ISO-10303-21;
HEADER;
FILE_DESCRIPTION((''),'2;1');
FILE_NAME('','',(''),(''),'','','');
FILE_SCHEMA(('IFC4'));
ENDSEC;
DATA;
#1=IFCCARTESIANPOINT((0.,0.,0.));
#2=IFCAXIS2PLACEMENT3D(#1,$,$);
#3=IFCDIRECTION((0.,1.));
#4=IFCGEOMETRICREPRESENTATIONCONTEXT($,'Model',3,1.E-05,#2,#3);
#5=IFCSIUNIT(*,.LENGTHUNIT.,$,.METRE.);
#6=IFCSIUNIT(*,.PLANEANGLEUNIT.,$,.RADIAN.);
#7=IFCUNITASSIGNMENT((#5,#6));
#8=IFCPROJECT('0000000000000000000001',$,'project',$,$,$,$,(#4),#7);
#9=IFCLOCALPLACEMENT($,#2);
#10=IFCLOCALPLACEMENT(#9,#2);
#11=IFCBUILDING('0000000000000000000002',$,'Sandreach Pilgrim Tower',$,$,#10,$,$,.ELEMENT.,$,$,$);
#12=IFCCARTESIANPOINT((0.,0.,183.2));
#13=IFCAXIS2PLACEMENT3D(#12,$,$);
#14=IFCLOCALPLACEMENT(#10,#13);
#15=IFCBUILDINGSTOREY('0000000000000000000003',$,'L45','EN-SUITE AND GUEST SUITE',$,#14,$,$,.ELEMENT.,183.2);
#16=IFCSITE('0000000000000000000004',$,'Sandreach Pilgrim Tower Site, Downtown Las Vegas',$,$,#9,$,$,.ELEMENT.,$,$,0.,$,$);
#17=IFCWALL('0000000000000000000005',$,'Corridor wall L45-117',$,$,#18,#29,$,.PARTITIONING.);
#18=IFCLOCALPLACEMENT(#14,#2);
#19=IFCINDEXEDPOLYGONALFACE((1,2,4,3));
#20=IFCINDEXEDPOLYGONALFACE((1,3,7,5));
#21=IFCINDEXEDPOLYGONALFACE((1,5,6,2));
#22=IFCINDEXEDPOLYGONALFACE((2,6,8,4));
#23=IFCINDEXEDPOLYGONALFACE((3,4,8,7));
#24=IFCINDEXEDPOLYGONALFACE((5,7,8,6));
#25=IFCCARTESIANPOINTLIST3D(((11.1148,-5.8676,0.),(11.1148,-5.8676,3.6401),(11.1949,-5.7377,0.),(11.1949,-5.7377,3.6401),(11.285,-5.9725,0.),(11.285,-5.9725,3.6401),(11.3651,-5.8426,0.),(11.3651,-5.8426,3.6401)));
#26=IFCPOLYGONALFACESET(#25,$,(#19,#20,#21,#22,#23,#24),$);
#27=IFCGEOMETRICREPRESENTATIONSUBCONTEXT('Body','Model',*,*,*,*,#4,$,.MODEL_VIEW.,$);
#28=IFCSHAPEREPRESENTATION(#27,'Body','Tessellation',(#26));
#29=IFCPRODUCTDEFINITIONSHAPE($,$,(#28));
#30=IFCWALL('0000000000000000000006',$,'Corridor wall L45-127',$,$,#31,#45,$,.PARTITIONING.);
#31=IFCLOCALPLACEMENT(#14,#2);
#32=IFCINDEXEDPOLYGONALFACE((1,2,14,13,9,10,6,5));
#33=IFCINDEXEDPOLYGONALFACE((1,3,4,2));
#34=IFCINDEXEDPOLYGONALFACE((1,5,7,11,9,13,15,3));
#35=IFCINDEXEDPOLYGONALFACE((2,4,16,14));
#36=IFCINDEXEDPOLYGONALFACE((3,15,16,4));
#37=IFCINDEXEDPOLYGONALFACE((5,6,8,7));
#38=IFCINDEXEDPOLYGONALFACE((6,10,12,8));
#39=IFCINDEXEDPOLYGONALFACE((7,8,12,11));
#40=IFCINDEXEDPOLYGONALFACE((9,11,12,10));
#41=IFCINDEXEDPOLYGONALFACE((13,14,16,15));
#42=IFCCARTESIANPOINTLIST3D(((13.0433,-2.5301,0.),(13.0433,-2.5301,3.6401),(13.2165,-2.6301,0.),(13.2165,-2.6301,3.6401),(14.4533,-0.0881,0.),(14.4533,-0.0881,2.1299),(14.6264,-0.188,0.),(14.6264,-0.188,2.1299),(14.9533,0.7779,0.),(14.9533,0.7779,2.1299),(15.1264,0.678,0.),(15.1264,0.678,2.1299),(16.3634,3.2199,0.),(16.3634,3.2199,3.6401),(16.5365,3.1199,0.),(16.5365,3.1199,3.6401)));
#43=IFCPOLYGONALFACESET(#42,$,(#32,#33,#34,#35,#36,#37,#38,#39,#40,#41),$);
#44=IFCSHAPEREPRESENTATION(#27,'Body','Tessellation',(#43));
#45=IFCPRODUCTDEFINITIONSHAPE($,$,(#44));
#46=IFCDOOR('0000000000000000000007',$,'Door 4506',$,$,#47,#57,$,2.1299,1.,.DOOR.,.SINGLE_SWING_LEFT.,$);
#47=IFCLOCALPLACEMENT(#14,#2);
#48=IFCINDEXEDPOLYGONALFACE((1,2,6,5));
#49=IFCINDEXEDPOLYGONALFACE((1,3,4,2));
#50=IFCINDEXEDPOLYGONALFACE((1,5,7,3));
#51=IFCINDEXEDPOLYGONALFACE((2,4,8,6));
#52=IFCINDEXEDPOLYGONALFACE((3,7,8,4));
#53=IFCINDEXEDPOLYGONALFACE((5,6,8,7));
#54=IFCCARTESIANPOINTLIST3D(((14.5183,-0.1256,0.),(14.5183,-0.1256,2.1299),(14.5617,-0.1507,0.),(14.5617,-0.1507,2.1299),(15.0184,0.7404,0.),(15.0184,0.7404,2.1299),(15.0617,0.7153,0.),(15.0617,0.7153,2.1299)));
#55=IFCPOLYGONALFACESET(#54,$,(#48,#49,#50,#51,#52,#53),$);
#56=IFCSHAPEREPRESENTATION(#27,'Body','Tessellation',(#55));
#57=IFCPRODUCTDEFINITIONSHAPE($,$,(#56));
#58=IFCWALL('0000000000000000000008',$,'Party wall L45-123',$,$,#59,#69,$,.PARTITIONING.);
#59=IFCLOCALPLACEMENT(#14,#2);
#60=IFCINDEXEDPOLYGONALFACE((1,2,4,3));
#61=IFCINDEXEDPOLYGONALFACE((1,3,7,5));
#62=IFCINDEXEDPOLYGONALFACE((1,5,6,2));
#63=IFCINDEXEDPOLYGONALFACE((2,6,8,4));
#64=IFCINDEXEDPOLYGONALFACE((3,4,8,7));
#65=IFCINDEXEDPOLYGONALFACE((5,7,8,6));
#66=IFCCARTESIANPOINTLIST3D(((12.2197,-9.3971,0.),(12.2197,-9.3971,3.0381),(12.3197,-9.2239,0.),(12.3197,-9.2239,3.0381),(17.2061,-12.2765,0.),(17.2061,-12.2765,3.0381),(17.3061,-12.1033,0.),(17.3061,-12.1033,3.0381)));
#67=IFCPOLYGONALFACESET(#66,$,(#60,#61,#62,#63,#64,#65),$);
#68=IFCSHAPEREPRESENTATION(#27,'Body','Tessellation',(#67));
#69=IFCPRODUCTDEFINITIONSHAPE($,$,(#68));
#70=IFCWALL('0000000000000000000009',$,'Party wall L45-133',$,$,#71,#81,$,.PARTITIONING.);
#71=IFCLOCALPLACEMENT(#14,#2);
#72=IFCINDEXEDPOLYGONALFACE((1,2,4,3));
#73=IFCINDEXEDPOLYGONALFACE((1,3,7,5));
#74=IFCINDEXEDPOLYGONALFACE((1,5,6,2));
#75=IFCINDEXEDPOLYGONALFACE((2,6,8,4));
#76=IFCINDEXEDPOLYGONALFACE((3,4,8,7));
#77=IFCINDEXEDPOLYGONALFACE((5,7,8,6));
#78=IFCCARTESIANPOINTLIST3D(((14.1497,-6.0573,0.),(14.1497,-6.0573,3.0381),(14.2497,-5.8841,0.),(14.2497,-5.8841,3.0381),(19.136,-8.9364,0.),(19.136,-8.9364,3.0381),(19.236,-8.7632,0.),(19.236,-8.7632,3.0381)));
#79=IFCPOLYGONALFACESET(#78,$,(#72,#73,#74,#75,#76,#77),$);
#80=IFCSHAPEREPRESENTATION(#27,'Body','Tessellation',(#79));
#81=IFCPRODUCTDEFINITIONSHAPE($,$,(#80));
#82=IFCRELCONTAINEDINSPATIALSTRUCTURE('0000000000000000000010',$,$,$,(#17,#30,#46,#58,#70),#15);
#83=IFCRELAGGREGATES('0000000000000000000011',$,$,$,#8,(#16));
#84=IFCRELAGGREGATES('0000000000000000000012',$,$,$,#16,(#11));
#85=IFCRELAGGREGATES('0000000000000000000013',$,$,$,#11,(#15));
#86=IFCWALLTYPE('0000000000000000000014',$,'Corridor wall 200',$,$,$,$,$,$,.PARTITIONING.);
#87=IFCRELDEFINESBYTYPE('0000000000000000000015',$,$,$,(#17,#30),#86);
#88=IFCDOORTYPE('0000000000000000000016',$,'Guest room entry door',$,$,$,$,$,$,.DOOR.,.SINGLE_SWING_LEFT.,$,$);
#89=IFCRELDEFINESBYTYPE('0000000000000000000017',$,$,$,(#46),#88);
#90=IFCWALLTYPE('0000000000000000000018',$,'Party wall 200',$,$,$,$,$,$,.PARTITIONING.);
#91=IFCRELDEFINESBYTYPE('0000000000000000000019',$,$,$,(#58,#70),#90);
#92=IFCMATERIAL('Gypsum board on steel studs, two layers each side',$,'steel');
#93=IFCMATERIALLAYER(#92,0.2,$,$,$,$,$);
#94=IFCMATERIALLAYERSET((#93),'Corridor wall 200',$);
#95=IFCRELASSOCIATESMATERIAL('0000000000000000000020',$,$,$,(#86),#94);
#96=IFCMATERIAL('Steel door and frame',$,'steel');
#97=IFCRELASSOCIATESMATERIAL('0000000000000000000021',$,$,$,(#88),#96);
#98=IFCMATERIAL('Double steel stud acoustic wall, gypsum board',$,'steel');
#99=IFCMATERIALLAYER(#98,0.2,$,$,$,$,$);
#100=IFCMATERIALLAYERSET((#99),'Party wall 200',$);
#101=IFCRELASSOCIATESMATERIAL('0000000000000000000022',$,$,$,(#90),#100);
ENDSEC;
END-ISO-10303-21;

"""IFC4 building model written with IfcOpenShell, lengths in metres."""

from ifc_helpers import new_model, si_unit, direction, frame, frame_2d, origin, place, context, subcontext, project, spatial, rectangle, extrude, material, layer, layer_set, type_object, element, fill, save


model = new_model("IFC4")

# Units and contexts
model_context = context("Model", 3, precision=1e-05, world=origin(), true_north=direction((0.0, 1.0)))
body_context = subcontext(model_context, "Body", "Model", "MODEL_VIEW")
ifc_project = project(units=[si_unit("LENGTHUNIT", "METRE"), si_unit("PLANEANGLEUNIT", "RADIAN")], contexts=[model_context])

# Site, building, storey
site_placement = place(None, origin())
site = spatial("IfcSite", under=ifc_project, at=site_placement, Name="Sandreach Pilgrim Tower Site, Downtown Las Vegas", CompositionType="ELEMENT", RefElevation=0.0)
building_placement = place(site_placement, origin())
building = spatial("IfcBuilding", under=site, at=building_placement, Name="Sandreach Pilgrim Tower", CompositionType="ELEMENT")
storey_placement = place(building_placement, frame((0.0, 0.0, 183.2)))
storey = spatial("IfcBuildingStorey", under=building, at=storey_placement, Name="L45", Description="EN-SUITE AND GUEST SUITE", CompositionType="ELEMENT", Elevation=183.2)

# Shared definitions
ifc_material_1 = material(Name="Gypsum board on steel studs, two layers each side", Category="steel")
ifc_layer_1 = layer(ifc_material_1, 0.2)
ifc_layer_set_1 = layer_set([ifc_layer_1], Name="Corridor wall 200")
wall_type_1 = type_object("IfcWallType", Name="Corridor wall 200", PredefinedType="PARTITIONING", material=ifc_layer_set_1)

# Wall
wall_1_placement = place(storey_placement, frame((11.2, -5.9199, 0.0), z_axis=(0.0, 0.0, 1.0), x_axis=(0.524811, 0.851219, 0.0)))
element("IfcWall", 1, at=wall_1_placement, inside=storey, type_object=wall_type_1, Name="Corridor wall L45-117", PredefinedType="PARTITIONING", context=body_context, shape_type="SweptSolid", body=[
    extrude(rectangle(XDim=0.1526, YDim=0.2, at=frame_2d((0.0762, 0.0))), origin(), (0.0, 0.0, 1.0), 3.6401),
])

# Wall, opening, door
ifc_material_2 = material(Name="Steel door and frame", Category="steel")
door_type_1 = type_object("IfcDoorType", Name="Guest room entry door", OperationType="SINGLE_SWING_LEFT", PredefinedType="DOOR", material=ifc_material_2)
wall_2_placement = place(storey_placement, frame((13.1299, -2.5801, 0.0), z_axis=(0.0, 0.0, 1.0), x_axis=(0.500034, 0.866006, 0.0)))
wall_2 = element("IfcWall", 2, at=wall_2_placement, inside=storey, type_object=wall_type_1, Name="Corridor wall L45-127", PredefinedType="PARTITIONING", context=body_context, shape_type="SweptSolid", body=[
    extrude(rectangle(XDim=6.6396, YDim=0.2, at=frame_2d((3.3198, 0.0))), origin(), (0.0, 0.0, 1.0), 3.6401),
])
opening_1_placement = place(wall_2_placement, frame((2.8198, 0.0, 0.0)))
opening_1 = element("IfcOpeningElement", 3, at=opening_1_placement, cuts=wall_2, PredefinedType="OPENING", context=body_context, shape_type="SweptSolid", body=[
    extrude(rectangle(XDim=1.0, YDim=2.1299, at=frame_2d((0.5, 1.0649))), frame((0.0, 0.1001, 0.0), z_axis=(0.0, -1.0, 0.0), x_axis=(1.0, 0.0, 0.0)), (0.0, 0.0, 1.0), 0.2),
])
door_1_placement = place(opening_1_placement, origin())
door_1 = element("IfcDoor", 4, at=door_1_placement, inside=storey, type_object=door_type_1, Name="Door 4506", OperationType="SINGLE_SWING_LEFT", OverallHeight=2.1299, OverallWidth=1.0, PredefinedType="DOOR", context=body_context, shape_type="SweptSolid", body=[
    extrude(rectangle(XDim=1.0, YDim=2.1299, at=frame_2d((0.5, 1.0649))), frame((0.0, 0.0249, 0.0), z_axis=(0.0, -1.0, 0.0), x_axis=(1.0, 0.0, 0.0)), (0.0, 0.0, 1.0), 0.05),
])
fill(opening_1, door_1)

# Walls
ifc_material_3 = material(Name="Double steel stud acoustic wall, gypsum board", Category="steel")
ifc_layer_2 = layer(ifc_material_3, 0.2)
ifc_layer_set_2 = layer_set([ifc_layer_2], Name="Party wall 200")
wall_type_2 = type_object("IfcWallType", Name="Party wall 200", PredefinedType="PARTITIONING", material=ifc_layer_set_2)
wall_3_placement = place(storey_placement, frame((12.2698, -9.3105, 0.0), z_axis=(0.0, 0.0, 1.0), x_axis=(0.865985, -0.50007, 0.0)))
element("IfcWall", 5, at=wall_3_placement, inside=storey, type_object=wall_type_2, Name="Party wall L45-123", PredefinedType="PARTITIONING", context=body_context, shape_type="SweptSolid", body=[
    extrude(rectangle(XDim=5.7581, YDim=0.2, at=frame_2d((2.8789, 0.0))), origin(), (0.0, 0.0, 1.0), 3.0381),
])
wall_4_placement = place(storey_placement, frame((14.1997, -5.9707, 0.0), z_axis=(0.0, 0.0, 1.0), x_axis=(0.866003, -0.500038, 0.0)))
element("IfcWall", 6, at=wall_4_placement, inside=storey, type_object=wall_type_2, Name="Party wall L45-133", PredefinedType="PARTITIONING", context=body_context, shape_type="SweptSolid", body=[
    extrude(rectangle(XDim=5.7578, YDim=0.2, at=frame_2d((2.8789, 0.0))), origin(), (0.0, 0.0, 1.0), 3.0381),
])

save(model, "model.ifc")
